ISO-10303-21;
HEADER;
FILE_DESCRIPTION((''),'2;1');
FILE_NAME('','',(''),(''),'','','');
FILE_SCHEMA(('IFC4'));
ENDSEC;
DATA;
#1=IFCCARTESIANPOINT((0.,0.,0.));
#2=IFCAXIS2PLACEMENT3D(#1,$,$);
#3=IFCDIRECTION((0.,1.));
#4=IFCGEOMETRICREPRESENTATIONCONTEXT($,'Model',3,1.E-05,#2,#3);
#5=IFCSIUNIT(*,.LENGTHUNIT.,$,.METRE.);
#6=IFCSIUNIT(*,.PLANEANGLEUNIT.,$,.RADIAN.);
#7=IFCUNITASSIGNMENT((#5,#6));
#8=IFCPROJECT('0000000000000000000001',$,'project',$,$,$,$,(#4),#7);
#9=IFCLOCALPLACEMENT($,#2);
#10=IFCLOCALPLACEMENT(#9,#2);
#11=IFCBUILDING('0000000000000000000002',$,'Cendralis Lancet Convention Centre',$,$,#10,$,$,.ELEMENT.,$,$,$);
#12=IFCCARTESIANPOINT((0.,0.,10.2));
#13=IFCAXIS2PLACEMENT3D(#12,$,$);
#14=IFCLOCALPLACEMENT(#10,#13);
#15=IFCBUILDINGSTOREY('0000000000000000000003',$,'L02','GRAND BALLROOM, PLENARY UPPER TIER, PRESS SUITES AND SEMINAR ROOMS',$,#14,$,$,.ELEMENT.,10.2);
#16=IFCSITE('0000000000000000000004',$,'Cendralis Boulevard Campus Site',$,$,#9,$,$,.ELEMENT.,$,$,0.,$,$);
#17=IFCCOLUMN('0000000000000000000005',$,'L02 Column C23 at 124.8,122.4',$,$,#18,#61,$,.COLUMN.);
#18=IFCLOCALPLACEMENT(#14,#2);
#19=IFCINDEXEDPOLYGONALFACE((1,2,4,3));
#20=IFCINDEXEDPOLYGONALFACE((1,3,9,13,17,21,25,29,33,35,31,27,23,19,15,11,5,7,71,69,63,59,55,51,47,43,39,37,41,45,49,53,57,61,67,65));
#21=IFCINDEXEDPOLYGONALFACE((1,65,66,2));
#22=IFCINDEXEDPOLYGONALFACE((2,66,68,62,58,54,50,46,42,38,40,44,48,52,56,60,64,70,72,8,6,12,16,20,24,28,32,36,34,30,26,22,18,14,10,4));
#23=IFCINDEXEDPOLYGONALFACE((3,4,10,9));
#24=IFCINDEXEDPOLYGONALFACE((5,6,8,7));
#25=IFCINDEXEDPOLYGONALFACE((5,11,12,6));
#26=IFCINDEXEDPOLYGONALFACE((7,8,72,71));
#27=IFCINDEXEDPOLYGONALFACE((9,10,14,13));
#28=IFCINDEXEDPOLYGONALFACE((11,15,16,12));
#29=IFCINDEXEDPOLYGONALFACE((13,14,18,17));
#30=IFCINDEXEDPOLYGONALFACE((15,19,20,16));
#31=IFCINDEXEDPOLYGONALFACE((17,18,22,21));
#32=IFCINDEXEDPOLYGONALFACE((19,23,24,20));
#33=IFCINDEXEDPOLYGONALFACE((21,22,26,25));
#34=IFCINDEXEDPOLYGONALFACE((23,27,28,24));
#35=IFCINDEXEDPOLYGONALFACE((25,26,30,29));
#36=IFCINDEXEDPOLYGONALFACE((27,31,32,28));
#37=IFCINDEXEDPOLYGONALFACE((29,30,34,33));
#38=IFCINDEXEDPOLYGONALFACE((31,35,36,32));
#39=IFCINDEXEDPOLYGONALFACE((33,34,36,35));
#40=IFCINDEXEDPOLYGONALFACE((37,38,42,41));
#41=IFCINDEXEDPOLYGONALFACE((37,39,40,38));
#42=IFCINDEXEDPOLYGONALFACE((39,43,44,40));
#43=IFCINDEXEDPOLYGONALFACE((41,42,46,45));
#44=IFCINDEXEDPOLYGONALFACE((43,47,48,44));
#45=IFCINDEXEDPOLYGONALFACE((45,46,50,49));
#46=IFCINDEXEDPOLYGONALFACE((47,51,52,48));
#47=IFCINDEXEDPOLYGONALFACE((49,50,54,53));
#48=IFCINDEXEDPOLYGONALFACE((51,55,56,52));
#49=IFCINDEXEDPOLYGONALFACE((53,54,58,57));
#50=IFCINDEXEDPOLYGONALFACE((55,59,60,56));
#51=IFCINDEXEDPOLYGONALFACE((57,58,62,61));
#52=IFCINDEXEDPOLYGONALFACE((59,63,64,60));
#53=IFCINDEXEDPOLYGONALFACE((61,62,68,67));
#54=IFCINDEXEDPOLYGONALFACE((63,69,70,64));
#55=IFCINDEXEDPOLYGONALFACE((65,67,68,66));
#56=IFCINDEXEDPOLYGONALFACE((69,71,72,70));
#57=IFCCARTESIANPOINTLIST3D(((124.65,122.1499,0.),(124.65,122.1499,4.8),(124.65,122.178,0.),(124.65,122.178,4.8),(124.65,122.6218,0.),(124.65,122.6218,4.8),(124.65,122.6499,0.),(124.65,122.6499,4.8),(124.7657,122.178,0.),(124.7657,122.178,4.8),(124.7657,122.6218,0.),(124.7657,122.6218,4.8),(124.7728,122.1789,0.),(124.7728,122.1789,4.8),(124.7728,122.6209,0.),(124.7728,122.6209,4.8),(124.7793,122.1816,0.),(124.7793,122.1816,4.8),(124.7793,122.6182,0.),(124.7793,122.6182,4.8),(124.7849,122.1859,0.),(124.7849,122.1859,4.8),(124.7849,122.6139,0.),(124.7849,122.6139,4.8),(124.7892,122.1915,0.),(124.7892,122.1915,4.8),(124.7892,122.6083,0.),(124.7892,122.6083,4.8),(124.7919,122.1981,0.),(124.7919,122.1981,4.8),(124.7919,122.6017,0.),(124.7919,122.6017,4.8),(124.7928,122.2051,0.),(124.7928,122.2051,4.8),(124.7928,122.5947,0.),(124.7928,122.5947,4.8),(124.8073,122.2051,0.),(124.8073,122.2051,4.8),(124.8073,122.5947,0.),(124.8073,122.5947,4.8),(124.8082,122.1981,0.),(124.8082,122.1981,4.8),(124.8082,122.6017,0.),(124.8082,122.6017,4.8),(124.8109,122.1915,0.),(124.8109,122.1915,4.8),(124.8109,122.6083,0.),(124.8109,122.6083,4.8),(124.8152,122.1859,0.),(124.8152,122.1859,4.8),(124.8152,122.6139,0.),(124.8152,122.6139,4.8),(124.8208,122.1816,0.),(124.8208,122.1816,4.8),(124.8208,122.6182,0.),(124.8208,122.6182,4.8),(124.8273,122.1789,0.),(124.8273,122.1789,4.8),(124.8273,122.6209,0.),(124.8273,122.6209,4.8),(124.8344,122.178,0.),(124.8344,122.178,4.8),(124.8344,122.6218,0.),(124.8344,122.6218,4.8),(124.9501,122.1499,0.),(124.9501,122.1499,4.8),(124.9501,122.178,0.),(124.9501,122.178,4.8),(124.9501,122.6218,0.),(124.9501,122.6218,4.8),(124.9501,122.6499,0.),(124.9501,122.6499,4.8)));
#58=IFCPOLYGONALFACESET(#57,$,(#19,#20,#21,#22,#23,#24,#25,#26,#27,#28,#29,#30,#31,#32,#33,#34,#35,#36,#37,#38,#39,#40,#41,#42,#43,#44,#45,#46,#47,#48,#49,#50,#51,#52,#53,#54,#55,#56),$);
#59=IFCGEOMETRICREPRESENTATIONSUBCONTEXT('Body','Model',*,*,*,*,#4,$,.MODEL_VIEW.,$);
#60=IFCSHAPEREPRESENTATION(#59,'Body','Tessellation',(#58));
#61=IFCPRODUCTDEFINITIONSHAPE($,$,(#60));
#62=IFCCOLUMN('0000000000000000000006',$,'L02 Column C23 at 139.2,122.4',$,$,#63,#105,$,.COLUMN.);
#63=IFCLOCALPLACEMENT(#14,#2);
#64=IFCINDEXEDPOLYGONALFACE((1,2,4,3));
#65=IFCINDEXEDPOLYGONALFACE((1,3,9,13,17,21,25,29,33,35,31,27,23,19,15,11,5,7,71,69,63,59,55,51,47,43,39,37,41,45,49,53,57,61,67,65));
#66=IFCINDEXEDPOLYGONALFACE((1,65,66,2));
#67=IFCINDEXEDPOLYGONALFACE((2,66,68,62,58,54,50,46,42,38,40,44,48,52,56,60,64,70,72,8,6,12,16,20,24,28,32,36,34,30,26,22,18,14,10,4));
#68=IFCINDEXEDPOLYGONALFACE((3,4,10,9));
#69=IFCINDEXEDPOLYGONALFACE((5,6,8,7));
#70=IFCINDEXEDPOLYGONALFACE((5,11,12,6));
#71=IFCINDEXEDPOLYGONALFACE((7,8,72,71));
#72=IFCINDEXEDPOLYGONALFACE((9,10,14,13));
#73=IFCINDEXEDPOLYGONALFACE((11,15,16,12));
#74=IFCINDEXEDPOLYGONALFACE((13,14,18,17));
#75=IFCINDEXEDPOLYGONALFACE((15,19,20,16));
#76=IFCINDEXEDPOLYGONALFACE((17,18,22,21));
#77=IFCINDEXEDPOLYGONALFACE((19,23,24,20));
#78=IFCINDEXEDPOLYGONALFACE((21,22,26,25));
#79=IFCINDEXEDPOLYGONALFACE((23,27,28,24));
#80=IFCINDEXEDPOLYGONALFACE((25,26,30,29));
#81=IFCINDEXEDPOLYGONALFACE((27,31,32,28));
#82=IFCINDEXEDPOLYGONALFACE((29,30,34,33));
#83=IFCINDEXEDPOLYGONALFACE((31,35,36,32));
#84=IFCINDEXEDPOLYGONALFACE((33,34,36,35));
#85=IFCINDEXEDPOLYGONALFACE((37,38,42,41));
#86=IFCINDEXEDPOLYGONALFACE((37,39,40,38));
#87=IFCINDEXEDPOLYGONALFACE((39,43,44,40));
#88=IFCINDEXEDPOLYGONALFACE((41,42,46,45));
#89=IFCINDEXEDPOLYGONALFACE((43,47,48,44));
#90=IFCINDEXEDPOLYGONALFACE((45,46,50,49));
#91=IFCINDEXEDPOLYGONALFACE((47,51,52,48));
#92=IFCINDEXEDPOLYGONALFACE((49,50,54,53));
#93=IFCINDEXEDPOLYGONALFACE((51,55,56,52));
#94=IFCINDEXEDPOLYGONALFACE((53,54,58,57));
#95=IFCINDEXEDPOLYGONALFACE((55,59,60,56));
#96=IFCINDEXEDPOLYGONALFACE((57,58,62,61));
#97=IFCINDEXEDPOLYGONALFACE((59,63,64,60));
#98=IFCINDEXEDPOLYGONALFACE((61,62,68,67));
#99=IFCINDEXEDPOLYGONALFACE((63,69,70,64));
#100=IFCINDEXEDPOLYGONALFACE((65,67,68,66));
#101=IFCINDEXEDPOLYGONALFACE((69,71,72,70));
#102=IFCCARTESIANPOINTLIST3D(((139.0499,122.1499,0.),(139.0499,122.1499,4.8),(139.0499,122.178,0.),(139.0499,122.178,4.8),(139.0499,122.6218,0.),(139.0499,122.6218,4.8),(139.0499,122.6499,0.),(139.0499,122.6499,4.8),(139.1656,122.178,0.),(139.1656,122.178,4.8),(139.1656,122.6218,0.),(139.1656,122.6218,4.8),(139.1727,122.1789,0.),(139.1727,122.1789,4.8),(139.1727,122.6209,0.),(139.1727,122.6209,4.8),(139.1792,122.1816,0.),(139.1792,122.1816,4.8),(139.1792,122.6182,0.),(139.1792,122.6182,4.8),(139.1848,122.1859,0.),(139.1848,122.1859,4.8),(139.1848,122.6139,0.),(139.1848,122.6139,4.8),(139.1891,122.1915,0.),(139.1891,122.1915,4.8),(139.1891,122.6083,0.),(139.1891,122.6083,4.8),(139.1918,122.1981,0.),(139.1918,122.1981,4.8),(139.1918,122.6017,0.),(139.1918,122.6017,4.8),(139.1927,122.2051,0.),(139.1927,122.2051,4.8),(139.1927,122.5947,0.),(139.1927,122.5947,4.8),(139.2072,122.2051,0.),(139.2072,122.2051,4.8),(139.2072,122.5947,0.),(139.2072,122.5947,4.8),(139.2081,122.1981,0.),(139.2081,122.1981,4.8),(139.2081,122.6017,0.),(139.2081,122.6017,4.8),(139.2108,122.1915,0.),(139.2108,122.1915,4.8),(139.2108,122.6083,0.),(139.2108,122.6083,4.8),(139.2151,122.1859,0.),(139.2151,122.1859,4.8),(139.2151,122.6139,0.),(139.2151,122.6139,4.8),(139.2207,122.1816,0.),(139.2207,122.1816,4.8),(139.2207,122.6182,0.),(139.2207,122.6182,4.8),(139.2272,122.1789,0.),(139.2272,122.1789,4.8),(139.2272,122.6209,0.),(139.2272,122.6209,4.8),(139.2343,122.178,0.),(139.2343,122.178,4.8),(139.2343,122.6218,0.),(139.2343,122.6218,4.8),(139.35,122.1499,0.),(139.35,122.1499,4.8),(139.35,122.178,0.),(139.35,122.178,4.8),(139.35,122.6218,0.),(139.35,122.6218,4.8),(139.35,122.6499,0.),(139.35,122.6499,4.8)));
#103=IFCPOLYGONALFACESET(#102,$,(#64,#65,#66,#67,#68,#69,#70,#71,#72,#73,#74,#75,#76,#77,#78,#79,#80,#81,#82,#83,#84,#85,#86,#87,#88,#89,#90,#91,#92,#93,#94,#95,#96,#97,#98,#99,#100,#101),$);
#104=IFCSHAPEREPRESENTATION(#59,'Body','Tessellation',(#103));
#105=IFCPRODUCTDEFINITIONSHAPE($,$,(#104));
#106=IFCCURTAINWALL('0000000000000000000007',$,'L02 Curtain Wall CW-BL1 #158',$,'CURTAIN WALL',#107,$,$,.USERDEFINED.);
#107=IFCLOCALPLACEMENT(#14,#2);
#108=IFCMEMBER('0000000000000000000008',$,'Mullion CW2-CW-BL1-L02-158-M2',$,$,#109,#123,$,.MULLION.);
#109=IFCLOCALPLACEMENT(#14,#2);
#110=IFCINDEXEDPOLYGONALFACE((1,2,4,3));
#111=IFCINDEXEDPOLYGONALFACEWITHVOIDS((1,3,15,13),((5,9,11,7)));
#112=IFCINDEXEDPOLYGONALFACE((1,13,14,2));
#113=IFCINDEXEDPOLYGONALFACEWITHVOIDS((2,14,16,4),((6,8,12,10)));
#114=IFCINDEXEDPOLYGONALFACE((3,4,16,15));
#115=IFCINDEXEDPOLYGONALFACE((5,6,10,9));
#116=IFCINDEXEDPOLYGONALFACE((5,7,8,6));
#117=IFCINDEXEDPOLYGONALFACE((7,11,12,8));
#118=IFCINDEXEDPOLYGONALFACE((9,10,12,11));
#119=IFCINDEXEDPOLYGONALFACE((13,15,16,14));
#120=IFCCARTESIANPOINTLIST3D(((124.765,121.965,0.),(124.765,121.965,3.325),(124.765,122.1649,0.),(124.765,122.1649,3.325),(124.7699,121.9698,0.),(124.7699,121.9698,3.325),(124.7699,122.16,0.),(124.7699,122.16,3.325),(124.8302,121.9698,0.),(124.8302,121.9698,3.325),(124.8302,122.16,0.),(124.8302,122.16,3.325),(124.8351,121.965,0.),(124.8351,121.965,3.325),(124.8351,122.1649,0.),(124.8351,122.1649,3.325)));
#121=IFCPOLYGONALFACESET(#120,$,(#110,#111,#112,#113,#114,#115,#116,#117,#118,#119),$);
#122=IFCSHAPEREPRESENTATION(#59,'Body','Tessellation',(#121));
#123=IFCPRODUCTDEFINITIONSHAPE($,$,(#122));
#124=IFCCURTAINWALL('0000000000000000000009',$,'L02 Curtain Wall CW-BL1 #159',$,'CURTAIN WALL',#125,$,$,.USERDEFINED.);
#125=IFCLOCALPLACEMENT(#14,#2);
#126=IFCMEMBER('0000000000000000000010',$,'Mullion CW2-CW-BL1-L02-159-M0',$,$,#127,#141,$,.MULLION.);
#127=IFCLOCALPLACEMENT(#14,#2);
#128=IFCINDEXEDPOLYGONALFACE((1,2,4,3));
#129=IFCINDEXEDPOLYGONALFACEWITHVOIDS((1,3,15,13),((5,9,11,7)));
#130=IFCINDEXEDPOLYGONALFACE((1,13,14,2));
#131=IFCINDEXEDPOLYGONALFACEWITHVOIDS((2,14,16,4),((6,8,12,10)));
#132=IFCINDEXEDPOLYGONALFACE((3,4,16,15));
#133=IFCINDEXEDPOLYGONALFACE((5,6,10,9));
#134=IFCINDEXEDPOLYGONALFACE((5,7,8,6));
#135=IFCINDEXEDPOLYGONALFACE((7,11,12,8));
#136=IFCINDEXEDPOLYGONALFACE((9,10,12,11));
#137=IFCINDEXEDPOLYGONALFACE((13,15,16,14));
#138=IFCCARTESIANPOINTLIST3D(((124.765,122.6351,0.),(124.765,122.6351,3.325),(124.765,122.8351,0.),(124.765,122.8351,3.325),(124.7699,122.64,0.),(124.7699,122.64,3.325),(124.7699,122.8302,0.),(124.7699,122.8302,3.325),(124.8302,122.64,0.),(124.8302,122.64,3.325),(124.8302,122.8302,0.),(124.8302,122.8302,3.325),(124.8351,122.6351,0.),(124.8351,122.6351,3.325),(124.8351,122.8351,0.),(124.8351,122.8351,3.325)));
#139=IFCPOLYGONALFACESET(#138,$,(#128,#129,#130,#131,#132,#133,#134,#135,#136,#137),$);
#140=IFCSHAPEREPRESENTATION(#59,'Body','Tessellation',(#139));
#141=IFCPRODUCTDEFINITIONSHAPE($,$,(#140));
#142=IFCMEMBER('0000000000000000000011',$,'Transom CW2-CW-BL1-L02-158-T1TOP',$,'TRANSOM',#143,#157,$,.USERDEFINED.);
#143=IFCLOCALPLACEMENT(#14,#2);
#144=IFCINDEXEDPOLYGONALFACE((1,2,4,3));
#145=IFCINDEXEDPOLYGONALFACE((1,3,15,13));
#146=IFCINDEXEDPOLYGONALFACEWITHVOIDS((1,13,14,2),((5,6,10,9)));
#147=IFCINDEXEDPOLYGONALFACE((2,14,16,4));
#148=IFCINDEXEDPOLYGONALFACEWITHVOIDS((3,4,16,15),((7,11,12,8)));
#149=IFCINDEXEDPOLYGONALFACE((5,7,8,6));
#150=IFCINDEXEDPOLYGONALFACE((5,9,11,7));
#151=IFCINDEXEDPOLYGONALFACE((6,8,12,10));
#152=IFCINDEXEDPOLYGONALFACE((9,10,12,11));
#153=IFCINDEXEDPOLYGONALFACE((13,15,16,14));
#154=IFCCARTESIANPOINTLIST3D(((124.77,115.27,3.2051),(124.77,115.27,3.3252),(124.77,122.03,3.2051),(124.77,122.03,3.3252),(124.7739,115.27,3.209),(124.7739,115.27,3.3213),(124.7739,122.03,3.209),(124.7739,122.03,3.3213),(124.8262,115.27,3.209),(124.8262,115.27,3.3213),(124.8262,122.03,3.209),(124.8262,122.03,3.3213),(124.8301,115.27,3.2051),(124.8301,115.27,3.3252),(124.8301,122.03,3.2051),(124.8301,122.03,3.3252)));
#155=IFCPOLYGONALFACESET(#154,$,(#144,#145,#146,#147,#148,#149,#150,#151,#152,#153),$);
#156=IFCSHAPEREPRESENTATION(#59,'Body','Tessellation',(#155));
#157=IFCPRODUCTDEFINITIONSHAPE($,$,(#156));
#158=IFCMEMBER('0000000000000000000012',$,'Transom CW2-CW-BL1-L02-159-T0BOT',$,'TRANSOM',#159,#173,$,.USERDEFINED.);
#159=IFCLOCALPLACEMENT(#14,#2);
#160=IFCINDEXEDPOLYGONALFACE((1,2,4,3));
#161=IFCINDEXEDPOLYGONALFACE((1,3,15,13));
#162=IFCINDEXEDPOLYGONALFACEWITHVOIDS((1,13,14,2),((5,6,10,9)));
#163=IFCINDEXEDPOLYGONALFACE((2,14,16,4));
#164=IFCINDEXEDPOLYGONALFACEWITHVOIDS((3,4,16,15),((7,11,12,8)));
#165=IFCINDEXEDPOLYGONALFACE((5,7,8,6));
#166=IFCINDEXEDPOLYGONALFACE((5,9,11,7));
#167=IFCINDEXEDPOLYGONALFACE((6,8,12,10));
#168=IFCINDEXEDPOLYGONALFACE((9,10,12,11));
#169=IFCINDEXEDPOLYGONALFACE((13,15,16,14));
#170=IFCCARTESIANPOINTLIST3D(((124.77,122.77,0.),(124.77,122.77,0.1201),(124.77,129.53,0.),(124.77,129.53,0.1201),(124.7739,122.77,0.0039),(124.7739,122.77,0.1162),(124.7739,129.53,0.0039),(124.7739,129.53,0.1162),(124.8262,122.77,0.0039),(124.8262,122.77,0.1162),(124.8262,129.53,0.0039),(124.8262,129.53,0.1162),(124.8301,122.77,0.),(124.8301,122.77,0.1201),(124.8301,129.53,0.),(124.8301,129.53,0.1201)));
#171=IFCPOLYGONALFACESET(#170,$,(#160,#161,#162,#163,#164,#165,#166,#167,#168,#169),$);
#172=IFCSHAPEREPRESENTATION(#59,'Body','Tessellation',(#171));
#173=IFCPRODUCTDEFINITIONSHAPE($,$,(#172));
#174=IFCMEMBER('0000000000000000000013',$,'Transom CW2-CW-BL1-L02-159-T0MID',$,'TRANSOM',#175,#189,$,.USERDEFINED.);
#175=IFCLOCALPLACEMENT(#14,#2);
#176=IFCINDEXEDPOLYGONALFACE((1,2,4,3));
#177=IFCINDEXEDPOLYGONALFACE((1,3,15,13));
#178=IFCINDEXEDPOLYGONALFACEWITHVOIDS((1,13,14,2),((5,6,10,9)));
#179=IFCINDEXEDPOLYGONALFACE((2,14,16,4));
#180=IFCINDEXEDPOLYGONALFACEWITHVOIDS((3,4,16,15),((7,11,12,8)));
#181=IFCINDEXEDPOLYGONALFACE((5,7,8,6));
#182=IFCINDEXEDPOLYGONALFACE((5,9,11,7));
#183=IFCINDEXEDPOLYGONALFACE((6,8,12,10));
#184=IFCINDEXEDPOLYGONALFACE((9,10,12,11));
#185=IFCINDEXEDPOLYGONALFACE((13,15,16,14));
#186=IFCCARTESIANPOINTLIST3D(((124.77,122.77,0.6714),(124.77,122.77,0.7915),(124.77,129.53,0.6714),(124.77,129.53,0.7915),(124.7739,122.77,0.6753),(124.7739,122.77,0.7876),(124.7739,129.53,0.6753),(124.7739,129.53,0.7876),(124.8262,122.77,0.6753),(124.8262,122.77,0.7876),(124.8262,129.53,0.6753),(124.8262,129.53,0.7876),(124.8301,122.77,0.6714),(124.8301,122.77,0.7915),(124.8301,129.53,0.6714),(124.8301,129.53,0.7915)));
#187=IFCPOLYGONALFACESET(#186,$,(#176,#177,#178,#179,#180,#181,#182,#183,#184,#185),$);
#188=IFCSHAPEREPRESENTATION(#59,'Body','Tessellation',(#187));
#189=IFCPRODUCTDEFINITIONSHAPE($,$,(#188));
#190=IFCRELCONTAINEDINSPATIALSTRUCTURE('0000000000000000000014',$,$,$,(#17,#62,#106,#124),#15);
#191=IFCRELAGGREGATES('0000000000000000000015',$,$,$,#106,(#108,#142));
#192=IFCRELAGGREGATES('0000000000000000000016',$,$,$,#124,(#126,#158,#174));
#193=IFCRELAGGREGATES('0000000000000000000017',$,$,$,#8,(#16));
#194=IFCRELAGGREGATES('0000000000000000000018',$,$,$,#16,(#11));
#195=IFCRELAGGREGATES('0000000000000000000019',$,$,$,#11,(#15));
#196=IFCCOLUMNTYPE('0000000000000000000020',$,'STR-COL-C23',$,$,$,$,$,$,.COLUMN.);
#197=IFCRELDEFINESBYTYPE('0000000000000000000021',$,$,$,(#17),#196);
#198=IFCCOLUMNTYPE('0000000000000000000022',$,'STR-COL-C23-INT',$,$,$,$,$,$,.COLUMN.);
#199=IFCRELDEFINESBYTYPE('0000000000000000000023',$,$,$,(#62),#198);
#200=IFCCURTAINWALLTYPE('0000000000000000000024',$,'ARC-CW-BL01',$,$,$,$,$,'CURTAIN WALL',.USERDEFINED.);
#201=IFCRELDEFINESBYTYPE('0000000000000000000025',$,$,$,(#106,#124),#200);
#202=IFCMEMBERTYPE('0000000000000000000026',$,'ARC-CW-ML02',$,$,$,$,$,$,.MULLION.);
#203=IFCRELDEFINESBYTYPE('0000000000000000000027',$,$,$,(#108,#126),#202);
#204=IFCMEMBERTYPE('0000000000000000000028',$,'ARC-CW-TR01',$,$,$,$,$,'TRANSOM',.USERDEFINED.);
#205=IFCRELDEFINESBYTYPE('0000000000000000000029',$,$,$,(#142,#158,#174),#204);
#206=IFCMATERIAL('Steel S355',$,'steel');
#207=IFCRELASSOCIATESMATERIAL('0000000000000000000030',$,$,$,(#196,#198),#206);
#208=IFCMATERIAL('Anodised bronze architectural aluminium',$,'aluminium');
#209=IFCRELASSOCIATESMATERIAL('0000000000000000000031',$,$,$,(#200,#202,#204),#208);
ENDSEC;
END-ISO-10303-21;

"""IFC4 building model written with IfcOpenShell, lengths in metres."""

from ifc_helpers import new_model, si_unit, direction, frame, origin, origin_2d, place, context, subcontext, project, spatial, hollow_rectangle, i_section, extrude, material, material_profile, profile_set, type_object, element, aggregate, save


model = new_model("IFC4")

# Units and contexts
model_context = context("Model", 3, precision=1e-05, world=origin(), true_north=direction((0.0, 1.0)))
body_context = subcontext(model_context, "Body", "Model", "MODEL_VIEW")
ifc_project = project(units=[si_unit("LENGTHUNIT", "METRE"), si_unit("PLANEANGLEUNIT", "RADIAN")], contexts=[model_context])

# Site, building, storey
site_placement = place(None, origin())
site = spatial("IfcSite", under=ifc_project, at=site_placement, Name="Cendralis Boulevard Campus Site", CompositionType="ELEMENT", RefElevation=0.0)
building_placement = place(site_placement, origin())
building = spatial("IfcBuilding", under=site, at=building_placement, Name="Cendralis Lancet Convention Centre", CompositionType="ELEMENT")
storey_placement = place(building_placement, frame((0.0, 0.0, 10.2)))
storey = spatial("IfcBuildingStorey", under=building, at=storey_placement, Name="L02", Description="GRAND BALLROOM, PLENARY UPPER TIER, PRESS SUITES AND SEMINAR ROOMS", CompositionType="ELEMENT", Elevation=10.2)

# Columns
ifc_material_1 = material(Name="Steel S355", Category="steel")
ifc_material_profile_1 = material_profile(ifc_material_1, i_section(OverallWidth=0.3, OverallDepth=0.5, WebThickness=0.0144, FlangeThickness=0.0281, FilletRadius=0.0271, at=origin_2d()), Name="HEB 500")
ifc_profile_set_1 = profile_set([ifc_material_profile_1], Name="Steel S355")
column_type_1 = type_object("IfcColumnType", Name="STR-COL-C23", PredefinedType="COLUMN", material=ifc_profile_set_1)
column_1_placement = place(storey_placement, frame((124.8, 122.3999, 0.0), z_axis=(0.0, 0.0, 1.0), x_axis=(1.0, 0.0, 0.0)))
element("IfcColumn", 1, at=column_1_placement, inside=storey, type_object=column_type_1, Name="L02 Column C23 at 124.8,122.4", PredefinedType="COLUMN", context=body_context, shape_type="SweptSolid", body=[
    extrude(i_section(OverallWidth=0.3, OverallDepth=0.5, WebThickness=0.0144, FlangeThickness=0.0281, FilletRadius=0.0271, at=origin_2d()), origin(), (0.0, 0.0, 1.0), 4.8),
])
ifc_material_profile_2 = material_profile(ifc_material_1, i_section(OverallWidth=0.3, OverallDepth=0.5, WebThickness=0.0144, FlangeThickness=0.0281, FilletRadius=0.0271, at=origin_2d()), Name="HEB 500")
ifc_profile_set_2 = profile_set([ifc_material_profile_2], Name="Steel S355")
column_type_2 = type_object("IfcColumnType", Name="STR-COL-C23-INT", PredefinedType="COLUMN", material=ifc_profile_set_2)
column_2_placement = place(storey_placement, frame((139.2, 122.3999, 0.0), z_axis=(0.0, 0.0, 1.0), x_axis=(1.0, 0.0, 0.0)))
element("IfcColumn", 2, at=column_2_placement, inside=storey, type_object=column_type_2, Name="L02 Column C23 at 139.2,122.4", PredefinedType="COLUMN", context=body_context, shape_type="SweptSolid", body=[
    extrude(i_section(OverallWidth=0.3, OverallDepth=0.5, WebThickness=0.0144, FlangeThickness=0.0281, FilletRadius=0.0271, at=origin_2d()), origin(), (0.0, 0.0, 1.0), 4.8),
])

# Curtain walls, members
ifc_material_2 = material(Name="Anodised bronze architectural aluminium", Category="aluminium")
curtain_wall_type = type_object("IfcCurtainWallType", Name="ARC-CW-BL01", ElementType="CURTAIN WALL", PredefinedType="USERDEFINED", material=ifc_material_2)
curtain_wall_1_placement = place(storey_placement, origin())
curtain_wall_1 = element("IfcCurtainWall", 3, at=curtain_wall_1_placement, inside=storey, type_object=curtain_wall_type, Name="L02 Curtain Wall CW-BL1 #158", ObjectType="CURTAIN WALL", PredefinedType="USERDEFINED")
ifc_material_profile_3 = material_profile(ifc_material_2, hollow_rectangle(XDim=0.0701, YDim=0.2, WallThickness=0.0049, at=origin_2d()), Name="AL-MULL 70x200x5.0")
ifc_profile_set_3 = profile_set([ifc_material_profile_3], Name="Anodised bronze architectural aluminium")
member_type_1 = type_object("IfcMemberType", Name="ARC-CW-ML02", PredefinedType="MULLION", material=ifc_profile_set_3)
member_1_placement = place(storey_placement, frame((124.8, 122.0649, 0.0), z_axis=(0.0, 0.0, 1.0), x_axis=(1.0, 0.0, 0.0)))
member_1 = element("IfcMember", 4, at=member_1_placement, type_object=member_type_1, Name="Mullion CW2-CW-BL1-L02-158-M2", PredefinedType="MULLION", context=body_context, shape_type="SweptSolid", body=[
    extrude(hollow_rectangle(XDim=0.0701, YDim=0.2, WallThickness=0.0049, at=origin_2d()), origin(), (0.0, 0.0, 1.0), 3.325),
])
curtain_wall_2_placement = place(storey_placement, origin())
curtain_wall_2 = element("IfcCurtainWall", 5, at=curtain_wall_2_placement, inside=storey, type_object=curtain_wall_type, Name="L02 Curtain Wall CW-BL1 #159", ObjectType="CURTAIN WALL", PredefinedType="USERDEFINED")
member_2_placement = place(storey_placement, frame((124.8, 122.7351, 0.0), z_axis=(0.0, 0.0, 1.0), x_axis=(1.0, 0.0, 0.0)))
member_2 = element("IfcMember", 6, at=member_2_placement, type_object=member_type_1, Name="Mullion CW2-CW-BL1-L02-159-M0", PredefinedType="MULLION", context=body_context, shape_type="SweptSolid", body=[
    extrude(hollow_rectangle(XDim=0.0701, YDim=0.2, WallThickness=0.0049, at=origin_2d()), origin(), (0.0, 0.0, 1.0), 3.325),
])

# Members
ifc_material_profile_4 = material_profile(ifc_material_2, hollow_rectangle(XDim=0.0601, YDim=0.1201, WallThickness=0.0039, at=origin_2d()), Name="AL-TRAN 60x120x4.0")
ifc_profile_set_4 = profile_set([ifc_material_profile_4], Name="Anodised bronze architectural aluminium")
member_type_2 = type_object("IfcMemberType", Name="ARC-CW-TR01", ElementType="TRANSOM", PredefinedType="USERDEFINED", material=ifc_profile_set_4)
member_3_placement = place(storey_placement, frame((124.8, 115.27, 3.2651), z_axis=(0.0, 1.0, 0.0), x_axis=(-1.0, 0.0, 0.0)))
member_3 = element("IfcMember", 7, at=member_3_placement, type_object=member_type_2, Name="Transom CW2-CW-BL1-L02-158-T1TOP", ObjectType="TRANSOM", PredefinedType="USERDEFINED", context=body_context, shape_type="SweptSolid", body=[
    extrude(hollow_rectangle(XDim=0.0601, YDim=0.1201, WallThickness=0.0039, at=origin_2d()), origin(), (0.0, 0.0, 1.0), 6.76),
])
member_4_placement = place(storey_placement, frame((124.8, 122.77, 0.0601), z_axis=(0.0, 1.0, 0.0), x_axis=(-1.0, 0.0, 0.0)))
member_4 = element("IfcMember", 8, at=member_4_placement, type_object=member_type_2, Name="Transom CW2-CW-BL1-L02-159-T0BOT", ObjectType="TRANSOM", PredefinedType="USERDEFINED", context=body_context, shape_type="SweptSolid", body=[
    extrude(hollow_rectangle(XDim=0.0601, YDim=0.1201, WallThickness=0.0039, at=origin_2d()), origin(), (0.0, 0.0, 1.0), 6.76),
])
member_5_placement = place(storey_placement, frame((124.8, 122.77, 0.7314), z_axis=(0.0, 1.0, 0.0), x_axis=(-1.0, 0.0, 0.0)))
member_5 = element("IfcMember", 9, at=member_5_placement, type_object=member_type_2, Name="Transom CW2-CW-BL1-L02-159-T0MID", ObjectType="TRANSOM", PredefinedType="USERDEFINED", context=body_context, shape_type="SweptSolid", body=[
    extrude(hollow_rectangle(XDim=0.0601, YDim=0.1201, WallThickness=0.0039, at=origin_2d()), origin(), (0.0, 0.0, 1.0), 6.76),
])

aggregate(curtain_wall_1, [member_1, member_3])
aggregate(curtain_wall_2, [member_2, member_4, member_5])

save(model, "model.ifc")
